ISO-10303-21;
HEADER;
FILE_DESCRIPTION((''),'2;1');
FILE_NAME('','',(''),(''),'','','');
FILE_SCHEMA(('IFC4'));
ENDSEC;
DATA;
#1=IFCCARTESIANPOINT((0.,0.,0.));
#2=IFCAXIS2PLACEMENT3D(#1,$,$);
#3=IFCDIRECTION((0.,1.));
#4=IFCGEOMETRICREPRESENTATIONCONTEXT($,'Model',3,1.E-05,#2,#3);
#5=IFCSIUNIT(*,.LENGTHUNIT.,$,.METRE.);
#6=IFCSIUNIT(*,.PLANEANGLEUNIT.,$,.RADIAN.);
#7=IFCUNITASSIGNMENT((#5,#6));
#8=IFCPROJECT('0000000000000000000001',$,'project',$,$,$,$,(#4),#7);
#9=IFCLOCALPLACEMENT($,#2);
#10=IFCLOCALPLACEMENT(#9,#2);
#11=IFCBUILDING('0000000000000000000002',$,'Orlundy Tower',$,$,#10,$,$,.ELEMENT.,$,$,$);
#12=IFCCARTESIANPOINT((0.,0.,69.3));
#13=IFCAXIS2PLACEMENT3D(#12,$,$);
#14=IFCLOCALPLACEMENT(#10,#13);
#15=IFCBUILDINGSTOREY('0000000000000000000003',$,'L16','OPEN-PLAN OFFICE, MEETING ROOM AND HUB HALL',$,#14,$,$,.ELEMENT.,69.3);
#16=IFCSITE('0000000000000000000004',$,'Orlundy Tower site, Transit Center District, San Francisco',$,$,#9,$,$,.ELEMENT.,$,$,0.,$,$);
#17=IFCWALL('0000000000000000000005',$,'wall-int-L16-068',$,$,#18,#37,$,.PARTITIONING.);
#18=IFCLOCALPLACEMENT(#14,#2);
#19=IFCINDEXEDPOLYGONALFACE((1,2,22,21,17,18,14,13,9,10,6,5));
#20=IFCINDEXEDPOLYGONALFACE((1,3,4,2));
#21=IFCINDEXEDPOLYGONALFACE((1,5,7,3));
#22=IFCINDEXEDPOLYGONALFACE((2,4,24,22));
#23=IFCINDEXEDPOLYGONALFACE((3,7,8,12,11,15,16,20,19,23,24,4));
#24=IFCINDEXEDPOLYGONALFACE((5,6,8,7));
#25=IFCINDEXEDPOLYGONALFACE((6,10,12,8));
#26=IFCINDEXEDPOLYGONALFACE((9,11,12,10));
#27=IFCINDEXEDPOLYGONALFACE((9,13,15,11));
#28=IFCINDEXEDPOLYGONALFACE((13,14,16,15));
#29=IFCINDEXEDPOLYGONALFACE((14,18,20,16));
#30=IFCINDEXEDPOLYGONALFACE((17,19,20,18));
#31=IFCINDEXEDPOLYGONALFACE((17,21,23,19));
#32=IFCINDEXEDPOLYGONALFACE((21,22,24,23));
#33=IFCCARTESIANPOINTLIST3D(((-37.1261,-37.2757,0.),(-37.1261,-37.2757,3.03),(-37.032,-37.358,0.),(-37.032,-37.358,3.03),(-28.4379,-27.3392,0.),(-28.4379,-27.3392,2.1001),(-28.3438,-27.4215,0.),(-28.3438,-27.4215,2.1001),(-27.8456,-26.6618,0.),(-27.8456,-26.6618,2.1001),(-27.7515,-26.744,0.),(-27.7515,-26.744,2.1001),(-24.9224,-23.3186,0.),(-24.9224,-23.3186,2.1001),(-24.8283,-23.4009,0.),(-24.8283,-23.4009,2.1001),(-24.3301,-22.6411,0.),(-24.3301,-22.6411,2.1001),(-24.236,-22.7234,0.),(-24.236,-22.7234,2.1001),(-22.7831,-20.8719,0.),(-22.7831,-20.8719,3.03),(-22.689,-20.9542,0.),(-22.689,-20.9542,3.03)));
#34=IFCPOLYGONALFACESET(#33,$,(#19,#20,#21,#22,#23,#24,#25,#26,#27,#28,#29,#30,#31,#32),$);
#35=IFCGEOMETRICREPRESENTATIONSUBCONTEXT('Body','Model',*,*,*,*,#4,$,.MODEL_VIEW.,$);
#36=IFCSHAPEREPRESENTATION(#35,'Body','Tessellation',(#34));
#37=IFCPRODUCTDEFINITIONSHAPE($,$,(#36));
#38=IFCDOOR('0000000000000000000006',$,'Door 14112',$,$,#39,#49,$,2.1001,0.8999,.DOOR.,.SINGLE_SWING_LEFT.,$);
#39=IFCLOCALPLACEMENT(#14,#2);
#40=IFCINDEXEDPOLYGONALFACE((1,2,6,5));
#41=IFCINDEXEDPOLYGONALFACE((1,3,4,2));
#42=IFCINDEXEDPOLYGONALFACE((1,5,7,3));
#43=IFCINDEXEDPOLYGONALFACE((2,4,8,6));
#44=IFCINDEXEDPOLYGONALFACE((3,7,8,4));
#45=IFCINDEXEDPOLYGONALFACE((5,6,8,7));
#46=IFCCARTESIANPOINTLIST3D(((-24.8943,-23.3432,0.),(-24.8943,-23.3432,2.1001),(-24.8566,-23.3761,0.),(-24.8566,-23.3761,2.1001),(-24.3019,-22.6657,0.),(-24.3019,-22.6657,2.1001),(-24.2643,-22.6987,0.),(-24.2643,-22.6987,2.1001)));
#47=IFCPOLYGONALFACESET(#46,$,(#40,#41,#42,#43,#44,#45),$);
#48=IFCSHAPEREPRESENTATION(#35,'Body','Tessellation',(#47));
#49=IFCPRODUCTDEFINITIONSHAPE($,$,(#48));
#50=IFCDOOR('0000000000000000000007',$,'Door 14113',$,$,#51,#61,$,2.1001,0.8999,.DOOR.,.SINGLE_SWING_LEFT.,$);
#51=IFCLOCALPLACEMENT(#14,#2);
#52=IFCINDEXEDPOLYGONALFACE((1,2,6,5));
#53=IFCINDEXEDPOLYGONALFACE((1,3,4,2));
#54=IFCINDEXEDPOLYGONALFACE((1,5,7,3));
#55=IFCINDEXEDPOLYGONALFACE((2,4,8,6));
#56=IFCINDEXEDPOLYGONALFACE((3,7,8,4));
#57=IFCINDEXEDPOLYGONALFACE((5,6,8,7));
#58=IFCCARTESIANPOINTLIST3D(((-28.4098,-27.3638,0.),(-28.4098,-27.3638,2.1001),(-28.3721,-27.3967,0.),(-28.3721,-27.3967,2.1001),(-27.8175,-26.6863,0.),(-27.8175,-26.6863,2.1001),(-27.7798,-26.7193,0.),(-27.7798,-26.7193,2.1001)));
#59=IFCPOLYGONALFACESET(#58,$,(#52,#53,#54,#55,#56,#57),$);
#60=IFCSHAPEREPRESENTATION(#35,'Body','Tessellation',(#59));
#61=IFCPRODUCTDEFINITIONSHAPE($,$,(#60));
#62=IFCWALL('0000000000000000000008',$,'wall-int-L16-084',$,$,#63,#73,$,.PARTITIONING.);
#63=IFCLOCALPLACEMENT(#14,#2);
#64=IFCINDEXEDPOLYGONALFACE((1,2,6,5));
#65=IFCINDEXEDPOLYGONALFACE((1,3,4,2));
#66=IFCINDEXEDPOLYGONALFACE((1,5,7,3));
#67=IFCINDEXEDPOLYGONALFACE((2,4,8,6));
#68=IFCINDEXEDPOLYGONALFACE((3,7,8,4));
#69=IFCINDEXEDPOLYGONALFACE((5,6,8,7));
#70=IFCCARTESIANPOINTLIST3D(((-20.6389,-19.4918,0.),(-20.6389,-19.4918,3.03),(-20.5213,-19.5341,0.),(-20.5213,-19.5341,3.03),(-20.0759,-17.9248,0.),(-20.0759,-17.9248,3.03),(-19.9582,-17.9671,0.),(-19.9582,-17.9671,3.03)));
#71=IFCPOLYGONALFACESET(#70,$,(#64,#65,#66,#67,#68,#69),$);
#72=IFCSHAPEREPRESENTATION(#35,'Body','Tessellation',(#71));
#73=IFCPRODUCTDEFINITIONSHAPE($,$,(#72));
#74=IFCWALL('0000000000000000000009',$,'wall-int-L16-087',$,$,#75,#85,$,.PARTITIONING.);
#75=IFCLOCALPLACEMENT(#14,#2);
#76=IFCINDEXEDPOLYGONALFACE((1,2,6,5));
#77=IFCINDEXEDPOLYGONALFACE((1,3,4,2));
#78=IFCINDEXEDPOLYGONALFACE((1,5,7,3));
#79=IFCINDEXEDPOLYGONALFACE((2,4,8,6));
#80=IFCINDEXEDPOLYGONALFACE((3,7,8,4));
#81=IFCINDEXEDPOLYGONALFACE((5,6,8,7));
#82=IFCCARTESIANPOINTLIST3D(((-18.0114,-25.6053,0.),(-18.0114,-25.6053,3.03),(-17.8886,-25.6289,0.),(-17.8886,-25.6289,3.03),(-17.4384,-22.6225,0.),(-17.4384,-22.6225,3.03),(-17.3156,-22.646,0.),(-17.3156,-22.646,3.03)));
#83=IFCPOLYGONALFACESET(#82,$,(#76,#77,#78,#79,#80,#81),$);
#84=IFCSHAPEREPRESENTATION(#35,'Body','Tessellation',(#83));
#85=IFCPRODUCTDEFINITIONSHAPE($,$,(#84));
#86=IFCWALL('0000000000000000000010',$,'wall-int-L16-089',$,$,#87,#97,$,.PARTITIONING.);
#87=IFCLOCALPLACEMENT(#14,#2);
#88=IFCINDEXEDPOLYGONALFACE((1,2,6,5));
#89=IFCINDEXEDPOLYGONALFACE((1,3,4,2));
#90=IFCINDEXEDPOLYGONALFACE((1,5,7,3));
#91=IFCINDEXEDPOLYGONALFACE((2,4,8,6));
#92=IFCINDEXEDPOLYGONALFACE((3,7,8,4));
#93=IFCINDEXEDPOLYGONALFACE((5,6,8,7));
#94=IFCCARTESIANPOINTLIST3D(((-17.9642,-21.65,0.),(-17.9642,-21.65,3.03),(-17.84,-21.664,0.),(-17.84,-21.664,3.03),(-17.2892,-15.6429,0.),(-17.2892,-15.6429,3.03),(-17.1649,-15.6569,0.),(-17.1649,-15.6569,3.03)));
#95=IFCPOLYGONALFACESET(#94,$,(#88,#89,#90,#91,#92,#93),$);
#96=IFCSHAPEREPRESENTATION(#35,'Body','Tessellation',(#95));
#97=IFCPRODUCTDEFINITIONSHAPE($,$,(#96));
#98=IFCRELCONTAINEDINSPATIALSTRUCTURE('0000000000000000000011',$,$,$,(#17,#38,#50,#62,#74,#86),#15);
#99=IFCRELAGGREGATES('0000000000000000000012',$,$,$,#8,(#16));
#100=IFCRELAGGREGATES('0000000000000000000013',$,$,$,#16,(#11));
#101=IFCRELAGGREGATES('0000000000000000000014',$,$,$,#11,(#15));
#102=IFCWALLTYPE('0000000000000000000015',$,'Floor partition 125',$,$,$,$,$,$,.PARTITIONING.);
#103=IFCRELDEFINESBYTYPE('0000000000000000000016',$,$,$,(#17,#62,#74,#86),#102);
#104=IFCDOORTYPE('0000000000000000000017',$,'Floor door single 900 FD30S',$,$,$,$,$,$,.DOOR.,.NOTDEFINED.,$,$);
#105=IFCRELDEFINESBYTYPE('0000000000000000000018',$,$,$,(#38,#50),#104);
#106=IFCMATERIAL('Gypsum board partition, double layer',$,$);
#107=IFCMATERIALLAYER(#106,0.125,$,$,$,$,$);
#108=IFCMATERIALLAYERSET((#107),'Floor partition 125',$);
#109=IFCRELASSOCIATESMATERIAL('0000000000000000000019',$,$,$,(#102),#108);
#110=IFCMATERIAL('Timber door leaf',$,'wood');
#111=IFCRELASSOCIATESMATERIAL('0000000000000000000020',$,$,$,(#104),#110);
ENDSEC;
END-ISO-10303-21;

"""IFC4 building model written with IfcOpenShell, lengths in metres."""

from ifc_helpers import new_model, si_unit, direction, frame, frame_2d, origin, place, context, subcontext, project, spatial, rectangle, extrude, material, layer, layer_set, type_object, element, fill, save


model = new_model("IFC4")

# Units and contexts
model_context = context("Model", 3, precision=1e-05, world=origin(), true_north=direction((0.0, 1.0)))
body_context = subcontext(model_context, "Body", "Model", "MODEL_VIEW")
ifc_project = project(units=[si_unit("LENGTHUNIT", "METRE"), si_unit("PLANEANGLEUNIT", "RADIAN")], contexts=[model_context])

# Site, building, storey
site_placement = place(None, origin())
site = spatial("IfcSite", under=ifc_project, at=site_placement, Name="Orlundy Tower site, Transit Center District, San Francisco", CompositionType="ELEMENT", RefElevation=0.0)
building_placement = place(site_placement, origin())
building = spatial("IfcBuilding", under=site, at=building_placement, Name="Orlundy Tower", CompositionType="ELEMENT")
storey_placement = place(building_placement, frame((0.0, 0.0, 69.3)))
storey = spatial("IfcBuildingStorey", under=building, at=storey_placement, Name="L16", Description="OPEN-PLAN OFFICE, MEETING ROOM AND HUB HALL", CompositionType="ELEMENT", Elevation=69.3)

# Shared definitions
ifc_material_1 = material(Name="Gypsum board partition, double layer")
ifc_layer_1 = layer(ifc_material_1, 0.125)
ifc_layer_set_1 = layer_set([ifc_layer_1], Name="Floor partition 125")
wall_type_1 = type_object("IfcWallType", Name="Floor partition 125", PredefinedType="PARTITIONING", material=ifc_layer_set_1)

# Shared definitions
ifc_material_2 = material(Name="Timber door leaf", Category="wood")
door_type = type_object("IfcDoorType", Name="Floor door single 900 FD30S", OperationType="NOTDEFINED", PredefinedType="DOOR", material=ifc_material_2)

# Wall, openings, doors
wall_1_placement = place(storey_placement, frame((-22.7361, -20.9131, 0.0), z_axis=(0.0, 0.0, 1.0), x_axis=(-0.658236, -0.752811, 0.0)))
wall_1 = element("IfcWall", 1, at=wall_1_placement, inside=storey, type_object=wall_type_1, Name="wall-int-L16-068", PredefinedType="PARTITIONING", context=body_context, shape_type="SweptSolid", body=[
    extrude(rectangle(XDim=21.79, YDim=0.125, at=frame_2d((10.895, 0.0))), origin(), (0.0, 0.0, 1.0), 3.03),
])
opening_1_placement = place(wall_1_placement, frame((2.3501, 0.0, 0.0)))
opening_1 = element("IfcOpeningElement", 2, at=opening_1_placement, cuts=wall_1, PredefinedType="OPENING", context=body_context, shape_type="SweptSolid", body=[
    extrude(rectangle(XDim=0.8999, YDim=2.1001, at=frame_2d((0.45, 1.05))), frame((0.0, 0.0725, 0.0), z_axis=(0.0, -1.0, 0.0), x_axis=(1.0, 0.0, 0.0)), (0.0, 0.0, 1.0), 0.145),
])
opening_2_placement = place(wall_1_placement, frame((7.6909, 0.0, 0.0)))
opening_2 = element("IfcOpeningElement", 3, at=opening_2_placement, cuts=wall_1, PredefinedType="OPENING", context=body_context, shape_type="SweptSolid", body=[
    extrude(rectangle(XDim=0.8999, YDim=2.1001, at=frame_2d((0.45, 1.05))), frame((0.0, 0.0725, 0.0), z_axis=(0.0, -1.0, 0.0), x_axis=(1.0, 0.0, 0.0)), (0.0, 0.0, 1.0), 0.145),
])
door_1_placement = place(opening_1_placement, origin())
door_1 = element("IfcDoor", 4, at=door_1_placement, inside=storey, type_object=door_type, Name="Door 14112", OperationType="SINGLE_SWING_LEFT", OverallHeight=2.1001, OverallWidth=0.8999, PredefinedType="DOOR", context=body_context, shape_type="SweptSolid", body=[
    extrude(rectangle(XDim=0.8999, YDim=2.1001, at=frame_2d((0.45, 1.05))), frame((0.0, 0.0249, 0.0), z_axis=(0.0, -1.0, 0.0), x_axis=(1.0, 0.0, 0.0)), (0.0, 0.0, 1.0), 0.05),
])
fill(opening_1, door_1)
door_2_placement = place(opening_2_placement, origin())
door_2 = element("IfcDoor", 5, at=door_2_placement, inside=storey, type_object=door_type, Name="Door 14113", OperationType="SINGLE_SWING_LEFT", OverallHeight=2.1001, OverallWidth=0.8999, PredefinedType="DOOR", context=body_context, shape_type="SweptSolid", body=[
    extrude(rectangle(XDim=0.8999, YDim=2.1001, at=frame_2d((0.45, 1.05))), frame((0.0, 0.0249, 0.0), z_axis=(0.0, -1.0, 0.0), x_axis=(1.0, 0.0, 0.0)), (0.0, 0.0, 1.0), 0.05),
])
fill(opening_2, door_2)

# Walls
wall_2_placement = place(storey_placement, frame((-20.5801, -19.5129, 0.0), z_axis=(0.0, 0.0, 1.0), x_axis=(0.338138, 0.941097, 0.0)))
element("IfcWall", 6, at=wall_2_placement, inside=storey, type_object=wall_type_1, Name="wall-int-L16-084", PredefinedType="PARTITIONING", context=body_context, shape_type="SweptSolid", body=[
    extrude(rectangle(XDim=1.665, YDim=0.125, at=frame_2d((0.8325, 0.0))), origin(), (0.0, 0.0, 1.0), 3.03),
])
wall_3_placement = place(storey_placement, frame((-17.95, -25.6169, 0.0), z_axis=(0.0, 0.0, 1.0), x_axis=(0.188645, 0.982045, 0.0)))
element("IfcWall", 7, at=wall_3_placement, inside=storey, type_object=wall_type_1, Name="wall-int-L16-087", PredefinedType="PARTITIONING", context=body_context, shape_type="SweptSolid", body=[
    extrude(rectangle(XDim=3.0374, YDim=0.125, at=frame_2d((1.5186, 0.0))), origin(), (0.0, 0.0, 1.0), 3.03),
])
wall_4_placement = place(storey_placement, frame((-17.9021, -21.657, 0.0), z_axis=(0.0, 0.0, 1.0), x_axis=(0.111673, 0.993745, 0.0)))
element("IfcWall", 8, at=wall_4_placement, inside=storey, type_object=wall_type_1, Name="wall-int-L16-089", PredefinedType="PARTITIONING", context=body_context, shape_type="SweptSolid", body=[
    extrude(rectangle(XDim=6.0449, YDim=0.125, at=frame_2d((3.0225, 0.0))), origin(), (0.0, 0.0, 1.0), 3.03),
])

save(model, "model.ifc")
